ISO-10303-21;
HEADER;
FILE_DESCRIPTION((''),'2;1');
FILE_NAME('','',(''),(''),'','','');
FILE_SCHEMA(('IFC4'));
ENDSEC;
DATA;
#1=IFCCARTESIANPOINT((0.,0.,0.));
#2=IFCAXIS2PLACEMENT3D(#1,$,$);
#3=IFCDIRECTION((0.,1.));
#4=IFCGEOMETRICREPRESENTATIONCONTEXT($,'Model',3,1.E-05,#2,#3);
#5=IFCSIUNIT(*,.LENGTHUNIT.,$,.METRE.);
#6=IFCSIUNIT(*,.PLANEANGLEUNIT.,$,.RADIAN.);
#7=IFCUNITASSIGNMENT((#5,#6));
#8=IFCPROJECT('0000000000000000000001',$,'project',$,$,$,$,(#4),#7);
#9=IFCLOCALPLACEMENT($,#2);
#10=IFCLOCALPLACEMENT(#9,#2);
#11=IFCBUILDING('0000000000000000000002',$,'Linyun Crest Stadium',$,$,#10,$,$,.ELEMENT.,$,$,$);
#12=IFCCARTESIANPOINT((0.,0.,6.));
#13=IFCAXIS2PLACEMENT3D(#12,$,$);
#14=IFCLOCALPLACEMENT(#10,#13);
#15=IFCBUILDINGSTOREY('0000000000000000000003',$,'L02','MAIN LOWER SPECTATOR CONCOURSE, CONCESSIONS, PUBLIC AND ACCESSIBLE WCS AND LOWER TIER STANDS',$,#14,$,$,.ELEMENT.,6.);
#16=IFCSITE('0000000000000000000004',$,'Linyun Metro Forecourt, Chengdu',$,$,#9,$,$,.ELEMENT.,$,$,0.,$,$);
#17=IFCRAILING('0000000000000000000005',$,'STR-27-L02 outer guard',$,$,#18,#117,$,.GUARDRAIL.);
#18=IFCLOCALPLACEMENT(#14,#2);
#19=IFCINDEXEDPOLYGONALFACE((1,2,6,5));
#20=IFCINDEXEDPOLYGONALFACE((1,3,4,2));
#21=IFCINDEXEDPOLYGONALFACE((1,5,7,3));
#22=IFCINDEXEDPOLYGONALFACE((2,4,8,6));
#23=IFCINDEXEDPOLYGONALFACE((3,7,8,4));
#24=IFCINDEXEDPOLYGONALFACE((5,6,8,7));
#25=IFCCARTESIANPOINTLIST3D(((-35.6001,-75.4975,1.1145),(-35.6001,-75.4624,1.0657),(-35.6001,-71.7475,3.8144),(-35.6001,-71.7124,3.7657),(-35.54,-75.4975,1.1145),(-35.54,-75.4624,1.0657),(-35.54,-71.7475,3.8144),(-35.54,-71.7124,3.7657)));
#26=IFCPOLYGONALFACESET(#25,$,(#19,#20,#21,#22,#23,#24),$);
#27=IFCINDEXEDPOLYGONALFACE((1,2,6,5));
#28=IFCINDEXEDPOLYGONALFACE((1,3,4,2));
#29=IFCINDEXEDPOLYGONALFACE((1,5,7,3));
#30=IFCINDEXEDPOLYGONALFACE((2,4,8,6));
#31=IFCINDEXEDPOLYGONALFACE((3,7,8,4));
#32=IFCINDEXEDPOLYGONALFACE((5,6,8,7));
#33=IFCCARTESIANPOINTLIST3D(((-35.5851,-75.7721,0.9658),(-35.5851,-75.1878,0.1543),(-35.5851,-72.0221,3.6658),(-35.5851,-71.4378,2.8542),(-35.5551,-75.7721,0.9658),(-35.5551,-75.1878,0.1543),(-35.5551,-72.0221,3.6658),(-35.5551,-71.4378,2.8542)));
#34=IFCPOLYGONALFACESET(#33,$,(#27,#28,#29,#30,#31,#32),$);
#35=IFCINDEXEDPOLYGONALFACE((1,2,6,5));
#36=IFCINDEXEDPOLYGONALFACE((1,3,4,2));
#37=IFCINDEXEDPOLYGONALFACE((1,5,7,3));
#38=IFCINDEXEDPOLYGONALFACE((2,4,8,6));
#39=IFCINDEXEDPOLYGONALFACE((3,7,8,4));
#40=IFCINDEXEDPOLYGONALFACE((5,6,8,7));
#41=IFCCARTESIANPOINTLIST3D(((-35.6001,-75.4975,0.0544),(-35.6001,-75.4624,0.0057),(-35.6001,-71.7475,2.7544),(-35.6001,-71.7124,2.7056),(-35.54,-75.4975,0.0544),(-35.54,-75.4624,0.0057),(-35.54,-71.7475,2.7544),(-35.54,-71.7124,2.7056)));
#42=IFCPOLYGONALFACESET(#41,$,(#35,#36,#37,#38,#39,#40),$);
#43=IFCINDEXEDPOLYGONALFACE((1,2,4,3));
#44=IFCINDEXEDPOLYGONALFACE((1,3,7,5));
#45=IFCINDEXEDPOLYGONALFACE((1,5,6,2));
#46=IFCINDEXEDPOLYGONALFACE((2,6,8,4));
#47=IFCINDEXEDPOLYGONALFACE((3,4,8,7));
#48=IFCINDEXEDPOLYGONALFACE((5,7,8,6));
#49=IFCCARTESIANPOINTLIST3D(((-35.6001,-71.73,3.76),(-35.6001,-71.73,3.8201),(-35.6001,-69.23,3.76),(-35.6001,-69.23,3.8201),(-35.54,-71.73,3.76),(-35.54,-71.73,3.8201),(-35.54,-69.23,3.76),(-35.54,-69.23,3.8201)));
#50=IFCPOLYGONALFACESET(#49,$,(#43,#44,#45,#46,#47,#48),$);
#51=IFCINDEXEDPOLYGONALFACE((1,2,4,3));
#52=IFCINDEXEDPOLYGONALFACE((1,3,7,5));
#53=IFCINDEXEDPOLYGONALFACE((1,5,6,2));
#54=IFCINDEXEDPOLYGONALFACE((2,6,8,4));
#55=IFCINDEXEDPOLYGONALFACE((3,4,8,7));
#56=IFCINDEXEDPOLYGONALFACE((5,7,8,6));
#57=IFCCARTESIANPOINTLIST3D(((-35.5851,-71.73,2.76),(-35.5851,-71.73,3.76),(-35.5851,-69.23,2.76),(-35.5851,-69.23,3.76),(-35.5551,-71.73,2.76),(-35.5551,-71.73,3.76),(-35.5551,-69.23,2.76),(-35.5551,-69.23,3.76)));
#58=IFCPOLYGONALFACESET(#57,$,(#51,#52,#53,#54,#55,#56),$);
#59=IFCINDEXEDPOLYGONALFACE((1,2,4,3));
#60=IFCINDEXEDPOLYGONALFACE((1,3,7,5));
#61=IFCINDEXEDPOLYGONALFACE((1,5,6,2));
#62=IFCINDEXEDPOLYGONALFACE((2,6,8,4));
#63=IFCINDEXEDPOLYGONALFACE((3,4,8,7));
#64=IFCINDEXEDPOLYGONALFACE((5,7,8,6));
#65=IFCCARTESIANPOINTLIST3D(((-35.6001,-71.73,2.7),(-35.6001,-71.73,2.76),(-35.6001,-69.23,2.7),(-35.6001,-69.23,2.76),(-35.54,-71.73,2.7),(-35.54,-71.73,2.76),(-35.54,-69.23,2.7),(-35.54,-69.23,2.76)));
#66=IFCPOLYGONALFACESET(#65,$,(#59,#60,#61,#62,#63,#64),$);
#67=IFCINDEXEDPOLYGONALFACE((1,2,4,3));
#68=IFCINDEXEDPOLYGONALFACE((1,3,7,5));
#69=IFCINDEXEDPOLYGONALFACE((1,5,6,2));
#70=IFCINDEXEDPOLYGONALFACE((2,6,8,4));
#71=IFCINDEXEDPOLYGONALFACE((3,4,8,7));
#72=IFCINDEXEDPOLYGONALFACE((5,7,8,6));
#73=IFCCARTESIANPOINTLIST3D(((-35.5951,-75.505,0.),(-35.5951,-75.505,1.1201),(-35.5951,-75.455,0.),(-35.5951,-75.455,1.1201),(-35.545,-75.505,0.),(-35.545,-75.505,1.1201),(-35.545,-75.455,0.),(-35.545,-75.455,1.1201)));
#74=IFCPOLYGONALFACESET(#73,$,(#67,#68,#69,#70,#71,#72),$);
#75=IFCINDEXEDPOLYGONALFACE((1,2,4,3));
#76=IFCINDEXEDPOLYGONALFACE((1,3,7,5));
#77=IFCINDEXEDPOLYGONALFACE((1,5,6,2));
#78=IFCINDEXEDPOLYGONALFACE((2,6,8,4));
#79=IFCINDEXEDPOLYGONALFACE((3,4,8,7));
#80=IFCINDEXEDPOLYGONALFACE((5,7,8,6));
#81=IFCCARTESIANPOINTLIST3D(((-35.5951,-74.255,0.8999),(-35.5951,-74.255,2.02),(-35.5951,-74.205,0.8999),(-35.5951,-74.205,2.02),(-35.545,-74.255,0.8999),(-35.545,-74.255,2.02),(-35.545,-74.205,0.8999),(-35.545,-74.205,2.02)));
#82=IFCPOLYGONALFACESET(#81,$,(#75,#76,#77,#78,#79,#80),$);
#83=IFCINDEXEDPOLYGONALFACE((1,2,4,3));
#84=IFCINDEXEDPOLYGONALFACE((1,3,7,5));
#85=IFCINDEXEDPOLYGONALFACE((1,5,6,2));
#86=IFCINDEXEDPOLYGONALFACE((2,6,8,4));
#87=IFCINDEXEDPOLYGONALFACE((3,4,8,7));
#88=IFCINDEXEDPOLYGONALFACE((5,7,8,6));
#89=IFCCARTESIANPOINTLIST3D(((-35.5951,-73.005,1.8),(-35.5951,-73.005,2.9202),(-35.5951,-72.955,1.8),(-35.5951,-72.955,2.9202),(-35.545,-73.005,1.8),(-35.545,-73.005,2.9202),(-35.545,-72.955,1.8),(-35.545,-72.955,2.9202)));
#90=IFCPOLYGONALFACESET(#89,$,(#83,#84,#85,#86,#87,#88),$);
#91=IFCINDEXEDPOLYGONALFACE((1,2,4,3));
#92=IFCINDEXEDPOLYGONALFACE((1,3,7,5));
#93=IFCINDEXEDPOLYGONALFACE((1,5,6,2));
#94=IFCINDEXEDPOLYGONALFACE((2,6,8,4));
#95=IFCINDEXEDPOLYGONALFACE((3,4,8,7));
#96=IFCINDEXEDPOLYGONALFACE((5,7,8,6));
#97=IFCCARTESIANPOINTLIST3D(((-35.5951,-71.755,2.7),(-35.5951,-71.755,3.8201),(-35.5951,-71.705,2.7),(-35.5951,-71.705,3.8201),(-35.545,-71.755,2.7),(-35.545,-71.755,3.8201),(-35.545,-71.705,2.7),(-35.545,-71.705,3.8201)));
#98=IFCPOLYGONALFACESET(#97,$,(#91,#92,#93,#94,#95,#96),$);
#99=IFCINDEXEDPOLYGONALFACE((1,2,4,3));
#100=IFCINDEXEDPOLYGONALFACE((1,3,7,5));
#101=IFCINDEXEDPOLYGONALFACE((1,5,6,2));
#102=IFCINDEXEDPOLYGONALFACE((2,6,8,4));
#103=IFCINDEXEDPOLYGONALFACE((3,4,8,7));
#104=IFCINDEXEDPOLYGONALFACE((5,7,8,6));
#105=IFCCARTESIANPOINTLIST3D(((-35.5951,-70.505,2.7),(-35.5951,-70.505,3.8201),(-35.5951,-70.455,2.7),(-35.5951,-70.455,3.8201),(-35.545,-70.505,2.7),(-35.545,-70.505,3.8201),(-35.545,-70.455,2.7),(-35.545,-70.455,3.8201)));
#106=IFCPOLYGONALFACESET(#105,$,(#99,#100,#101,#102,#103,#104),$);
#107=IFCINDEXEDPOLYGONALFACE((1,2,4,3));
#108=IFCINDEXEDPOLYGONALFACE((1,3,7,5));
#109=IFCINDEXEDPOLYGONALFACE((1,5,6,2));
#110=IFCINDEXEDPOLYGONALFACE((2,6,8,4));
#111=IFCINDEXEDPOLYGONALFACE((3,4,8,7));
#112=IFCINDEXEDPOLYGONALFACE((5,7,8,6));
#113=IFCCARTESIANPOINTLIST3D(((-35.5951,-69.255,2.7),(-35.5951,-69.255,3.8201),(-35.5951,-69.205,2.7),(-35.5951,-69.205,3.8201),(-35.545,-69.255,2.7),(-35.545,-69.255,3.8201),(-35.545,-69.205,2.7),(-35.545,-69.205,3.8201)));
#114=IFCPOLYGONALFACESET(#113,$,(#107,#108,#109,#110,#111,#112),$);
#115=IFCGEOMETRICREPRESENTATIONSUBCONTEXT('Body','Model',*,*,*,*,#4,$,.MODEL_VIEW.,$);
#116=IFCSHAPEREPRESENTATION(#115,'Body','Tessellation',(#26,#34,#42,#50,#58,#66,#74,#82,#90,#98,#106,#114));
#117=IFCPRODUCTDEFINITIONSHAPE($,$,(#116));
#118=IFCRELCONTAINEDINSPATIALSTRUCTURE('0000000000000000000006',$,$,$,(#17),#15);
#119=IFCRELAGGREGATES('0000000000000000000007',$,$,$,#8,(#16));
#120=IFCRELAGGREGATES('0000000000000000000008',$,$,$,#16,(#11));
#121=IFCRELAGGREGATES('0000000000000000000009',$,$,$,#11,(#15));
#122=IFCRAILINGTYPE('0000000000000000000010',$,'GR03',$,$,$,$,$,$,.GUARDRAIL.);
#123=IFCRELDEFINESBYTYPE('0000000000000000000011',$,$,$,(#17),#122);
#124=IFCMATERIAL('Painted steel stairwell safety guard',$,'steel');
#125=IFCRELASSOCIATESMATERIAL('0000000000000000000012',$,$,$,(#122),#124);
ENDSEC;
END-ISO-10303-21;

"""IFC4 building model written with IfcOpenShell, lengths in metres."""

from ifc_helpers import new_model, si_unit, direction, frame, origin, origin_2d, place, context, subcontext, project, spatial, rectangle, extrude, material, type_object, element, save


model = new_model("IFC4")

# Units and contexts
model_context = context("Model", 3, precision=1e-05, world=origin(), true_north=direction((0.0, 1.0)))
body_context = subcontext(model_context, "Body", "Model", "MODEL_VIEW")
ifc_project = project(units=[si_unit("LENGTHUNIT", "METRE"), si_unit("PLANEANGLEUNIT", "RADIAN")], contexts=[model_context])

# Site, building, storey
site_placement = place(None, origin())
site = spatial("IfcSite", under=ifc_project, at=site_placement, Name="Linyun Metro Forecourt, Chengdu", CompositionType="ELEMENT", RefElevation=0.0)
building_placement = place(site_placement, origin())
building = spatial("IfcBuilding", under=site, at=building_placement, Name="Linyun Crest Stadium", CompositionType="ELEMENT")
storey_placement = place(building_placement, frame((0.0, 0.0, 6.0)))
storey = spatial("IfcBuildingStorey", under=building, at=storey_placement, Name="L02", Description="MAIN LOWER SPECTATOR CONCOURSE, CONCESSIONS, PUBLIC AND ACCESSIBLE WCS AND LOWER TIER STANDS", CompositionType="ELEMENT", Elevation=6.0)

# Railing
ifc_material_1 = material(Name="Painted steel stairwell safety guard", Category="steel")
railing_type_1 = type_object("IfcRailingType", Name="GR03", PredefinedType="GUARDRAIL", material=ifc_material_1)
railing_1_placement = place(storey_placement, frame((-35.5701, -75.48, 0.0)))
element("IfcRailing", 1, at=railing_1_placement, inside=storey, type_object=railing_type_1, Name="STR-27-L02 outer guard", PredefinedType="GUARDRAIL", context=body_context, shape_type="SweptSolid", body=[
    extrude(rectangle(XDim=0.0601, YDim=0.0601, at=origin_2d()), frame((0.0, 0.0, 1.0901), z_axis=(0.0, 0.811539, 0.584298), x_axis=(-1.0, 0.0, 0.0)), (0.0, 0.0, 1.0), 4.6208),
    extrude(rectangle(XDim=0.03, YDim=1.0, at=origin_2d()), frame((0.0, 0.0, 0.5601), z_axis=(0.0, 0.811539, 0.584298), x_axis=(-1.0, 0.0, 0.0)), (0.0, 0.0, 1.0), 4.6208),
    extrude(rectangle(XDim=0.0601, YDim=0.0601, at=origin_2d()), frame((0.0, 0.0, 0.03), z_axis=(0.0, 0.811539, 0.584298), x_axis=(-1.0, 0.0, 0.0)), (0.0, 0.0, 1.0), 4.6208),
    extrude(rectangle(XDim=0.0601, YDim=0.0601, at=origin_2d()), frame((0.0, 3.75, 3.79), z_axis=(0.0, 1.0, 0.0), x_axis=(-1.0, 0.0, 0.0)), (0.0, 0.0, 1.0), 2.5),
    extrude(rectangle(XDim=0.03, YDim=1.0, at=origin_2d()), frame((0.0, 3.75, 3.26), z_axis=(0.0, 1.0, 0.0), x_axis=(-1.0, 0.0, 0.0)), (0.0, 0.0, 1.0), 2.5),
    extrude(rectangle(XDim=0.0601, YDim=0.0601, at=origin_2d()), frame((0.0, 3.75, 2.73), z_axis=(0.0, 1.0, 0.0), x_axis=(-1.0, 0.0, 0.0)), (0.0, 0.0, 1.0), 2.5),
    extrude(rectangle(XDim=0.05, YDim=0.05, at=origin_2d()), origin(), (0.0, 0.0, 1.0), 1.1201),
    extrude(rectangle(XDim=0.05, YDim=0.05, at=origin_2d()), frame((0.0, 1.25, 0.8999)), (0.0, 0.0, 1.0), 1.1201),
    extrude(rectangle(XDim=0.05, YDim=0.05, at=origin_2d()), frame((0.0, 2.5, 1.8)), (0.0, 0.0, 1.0), 1.1201),
    extrude(rectangle(XDim=0.05, YDim=0.05, at=origin_2d()), frame((0.0, 3.75, 2.7)), (0.0, 0.0, 1.0), 1.1201),
    extrude(rectangle(XDim=0.05, YDim=0.05, at=origin_2d()), frame((0.0, 5.0, 2.7)), (0.0, 0.0, 1.0), 1.1201),
    extrude(rectangle(XDim=0.05, YDim=0.05, at=origin_2d()), frame((0.0, 6.25, 2.7)), (0.0, 0.0, 1.0), 1.1201),
])

save(model, "model.ifc")
